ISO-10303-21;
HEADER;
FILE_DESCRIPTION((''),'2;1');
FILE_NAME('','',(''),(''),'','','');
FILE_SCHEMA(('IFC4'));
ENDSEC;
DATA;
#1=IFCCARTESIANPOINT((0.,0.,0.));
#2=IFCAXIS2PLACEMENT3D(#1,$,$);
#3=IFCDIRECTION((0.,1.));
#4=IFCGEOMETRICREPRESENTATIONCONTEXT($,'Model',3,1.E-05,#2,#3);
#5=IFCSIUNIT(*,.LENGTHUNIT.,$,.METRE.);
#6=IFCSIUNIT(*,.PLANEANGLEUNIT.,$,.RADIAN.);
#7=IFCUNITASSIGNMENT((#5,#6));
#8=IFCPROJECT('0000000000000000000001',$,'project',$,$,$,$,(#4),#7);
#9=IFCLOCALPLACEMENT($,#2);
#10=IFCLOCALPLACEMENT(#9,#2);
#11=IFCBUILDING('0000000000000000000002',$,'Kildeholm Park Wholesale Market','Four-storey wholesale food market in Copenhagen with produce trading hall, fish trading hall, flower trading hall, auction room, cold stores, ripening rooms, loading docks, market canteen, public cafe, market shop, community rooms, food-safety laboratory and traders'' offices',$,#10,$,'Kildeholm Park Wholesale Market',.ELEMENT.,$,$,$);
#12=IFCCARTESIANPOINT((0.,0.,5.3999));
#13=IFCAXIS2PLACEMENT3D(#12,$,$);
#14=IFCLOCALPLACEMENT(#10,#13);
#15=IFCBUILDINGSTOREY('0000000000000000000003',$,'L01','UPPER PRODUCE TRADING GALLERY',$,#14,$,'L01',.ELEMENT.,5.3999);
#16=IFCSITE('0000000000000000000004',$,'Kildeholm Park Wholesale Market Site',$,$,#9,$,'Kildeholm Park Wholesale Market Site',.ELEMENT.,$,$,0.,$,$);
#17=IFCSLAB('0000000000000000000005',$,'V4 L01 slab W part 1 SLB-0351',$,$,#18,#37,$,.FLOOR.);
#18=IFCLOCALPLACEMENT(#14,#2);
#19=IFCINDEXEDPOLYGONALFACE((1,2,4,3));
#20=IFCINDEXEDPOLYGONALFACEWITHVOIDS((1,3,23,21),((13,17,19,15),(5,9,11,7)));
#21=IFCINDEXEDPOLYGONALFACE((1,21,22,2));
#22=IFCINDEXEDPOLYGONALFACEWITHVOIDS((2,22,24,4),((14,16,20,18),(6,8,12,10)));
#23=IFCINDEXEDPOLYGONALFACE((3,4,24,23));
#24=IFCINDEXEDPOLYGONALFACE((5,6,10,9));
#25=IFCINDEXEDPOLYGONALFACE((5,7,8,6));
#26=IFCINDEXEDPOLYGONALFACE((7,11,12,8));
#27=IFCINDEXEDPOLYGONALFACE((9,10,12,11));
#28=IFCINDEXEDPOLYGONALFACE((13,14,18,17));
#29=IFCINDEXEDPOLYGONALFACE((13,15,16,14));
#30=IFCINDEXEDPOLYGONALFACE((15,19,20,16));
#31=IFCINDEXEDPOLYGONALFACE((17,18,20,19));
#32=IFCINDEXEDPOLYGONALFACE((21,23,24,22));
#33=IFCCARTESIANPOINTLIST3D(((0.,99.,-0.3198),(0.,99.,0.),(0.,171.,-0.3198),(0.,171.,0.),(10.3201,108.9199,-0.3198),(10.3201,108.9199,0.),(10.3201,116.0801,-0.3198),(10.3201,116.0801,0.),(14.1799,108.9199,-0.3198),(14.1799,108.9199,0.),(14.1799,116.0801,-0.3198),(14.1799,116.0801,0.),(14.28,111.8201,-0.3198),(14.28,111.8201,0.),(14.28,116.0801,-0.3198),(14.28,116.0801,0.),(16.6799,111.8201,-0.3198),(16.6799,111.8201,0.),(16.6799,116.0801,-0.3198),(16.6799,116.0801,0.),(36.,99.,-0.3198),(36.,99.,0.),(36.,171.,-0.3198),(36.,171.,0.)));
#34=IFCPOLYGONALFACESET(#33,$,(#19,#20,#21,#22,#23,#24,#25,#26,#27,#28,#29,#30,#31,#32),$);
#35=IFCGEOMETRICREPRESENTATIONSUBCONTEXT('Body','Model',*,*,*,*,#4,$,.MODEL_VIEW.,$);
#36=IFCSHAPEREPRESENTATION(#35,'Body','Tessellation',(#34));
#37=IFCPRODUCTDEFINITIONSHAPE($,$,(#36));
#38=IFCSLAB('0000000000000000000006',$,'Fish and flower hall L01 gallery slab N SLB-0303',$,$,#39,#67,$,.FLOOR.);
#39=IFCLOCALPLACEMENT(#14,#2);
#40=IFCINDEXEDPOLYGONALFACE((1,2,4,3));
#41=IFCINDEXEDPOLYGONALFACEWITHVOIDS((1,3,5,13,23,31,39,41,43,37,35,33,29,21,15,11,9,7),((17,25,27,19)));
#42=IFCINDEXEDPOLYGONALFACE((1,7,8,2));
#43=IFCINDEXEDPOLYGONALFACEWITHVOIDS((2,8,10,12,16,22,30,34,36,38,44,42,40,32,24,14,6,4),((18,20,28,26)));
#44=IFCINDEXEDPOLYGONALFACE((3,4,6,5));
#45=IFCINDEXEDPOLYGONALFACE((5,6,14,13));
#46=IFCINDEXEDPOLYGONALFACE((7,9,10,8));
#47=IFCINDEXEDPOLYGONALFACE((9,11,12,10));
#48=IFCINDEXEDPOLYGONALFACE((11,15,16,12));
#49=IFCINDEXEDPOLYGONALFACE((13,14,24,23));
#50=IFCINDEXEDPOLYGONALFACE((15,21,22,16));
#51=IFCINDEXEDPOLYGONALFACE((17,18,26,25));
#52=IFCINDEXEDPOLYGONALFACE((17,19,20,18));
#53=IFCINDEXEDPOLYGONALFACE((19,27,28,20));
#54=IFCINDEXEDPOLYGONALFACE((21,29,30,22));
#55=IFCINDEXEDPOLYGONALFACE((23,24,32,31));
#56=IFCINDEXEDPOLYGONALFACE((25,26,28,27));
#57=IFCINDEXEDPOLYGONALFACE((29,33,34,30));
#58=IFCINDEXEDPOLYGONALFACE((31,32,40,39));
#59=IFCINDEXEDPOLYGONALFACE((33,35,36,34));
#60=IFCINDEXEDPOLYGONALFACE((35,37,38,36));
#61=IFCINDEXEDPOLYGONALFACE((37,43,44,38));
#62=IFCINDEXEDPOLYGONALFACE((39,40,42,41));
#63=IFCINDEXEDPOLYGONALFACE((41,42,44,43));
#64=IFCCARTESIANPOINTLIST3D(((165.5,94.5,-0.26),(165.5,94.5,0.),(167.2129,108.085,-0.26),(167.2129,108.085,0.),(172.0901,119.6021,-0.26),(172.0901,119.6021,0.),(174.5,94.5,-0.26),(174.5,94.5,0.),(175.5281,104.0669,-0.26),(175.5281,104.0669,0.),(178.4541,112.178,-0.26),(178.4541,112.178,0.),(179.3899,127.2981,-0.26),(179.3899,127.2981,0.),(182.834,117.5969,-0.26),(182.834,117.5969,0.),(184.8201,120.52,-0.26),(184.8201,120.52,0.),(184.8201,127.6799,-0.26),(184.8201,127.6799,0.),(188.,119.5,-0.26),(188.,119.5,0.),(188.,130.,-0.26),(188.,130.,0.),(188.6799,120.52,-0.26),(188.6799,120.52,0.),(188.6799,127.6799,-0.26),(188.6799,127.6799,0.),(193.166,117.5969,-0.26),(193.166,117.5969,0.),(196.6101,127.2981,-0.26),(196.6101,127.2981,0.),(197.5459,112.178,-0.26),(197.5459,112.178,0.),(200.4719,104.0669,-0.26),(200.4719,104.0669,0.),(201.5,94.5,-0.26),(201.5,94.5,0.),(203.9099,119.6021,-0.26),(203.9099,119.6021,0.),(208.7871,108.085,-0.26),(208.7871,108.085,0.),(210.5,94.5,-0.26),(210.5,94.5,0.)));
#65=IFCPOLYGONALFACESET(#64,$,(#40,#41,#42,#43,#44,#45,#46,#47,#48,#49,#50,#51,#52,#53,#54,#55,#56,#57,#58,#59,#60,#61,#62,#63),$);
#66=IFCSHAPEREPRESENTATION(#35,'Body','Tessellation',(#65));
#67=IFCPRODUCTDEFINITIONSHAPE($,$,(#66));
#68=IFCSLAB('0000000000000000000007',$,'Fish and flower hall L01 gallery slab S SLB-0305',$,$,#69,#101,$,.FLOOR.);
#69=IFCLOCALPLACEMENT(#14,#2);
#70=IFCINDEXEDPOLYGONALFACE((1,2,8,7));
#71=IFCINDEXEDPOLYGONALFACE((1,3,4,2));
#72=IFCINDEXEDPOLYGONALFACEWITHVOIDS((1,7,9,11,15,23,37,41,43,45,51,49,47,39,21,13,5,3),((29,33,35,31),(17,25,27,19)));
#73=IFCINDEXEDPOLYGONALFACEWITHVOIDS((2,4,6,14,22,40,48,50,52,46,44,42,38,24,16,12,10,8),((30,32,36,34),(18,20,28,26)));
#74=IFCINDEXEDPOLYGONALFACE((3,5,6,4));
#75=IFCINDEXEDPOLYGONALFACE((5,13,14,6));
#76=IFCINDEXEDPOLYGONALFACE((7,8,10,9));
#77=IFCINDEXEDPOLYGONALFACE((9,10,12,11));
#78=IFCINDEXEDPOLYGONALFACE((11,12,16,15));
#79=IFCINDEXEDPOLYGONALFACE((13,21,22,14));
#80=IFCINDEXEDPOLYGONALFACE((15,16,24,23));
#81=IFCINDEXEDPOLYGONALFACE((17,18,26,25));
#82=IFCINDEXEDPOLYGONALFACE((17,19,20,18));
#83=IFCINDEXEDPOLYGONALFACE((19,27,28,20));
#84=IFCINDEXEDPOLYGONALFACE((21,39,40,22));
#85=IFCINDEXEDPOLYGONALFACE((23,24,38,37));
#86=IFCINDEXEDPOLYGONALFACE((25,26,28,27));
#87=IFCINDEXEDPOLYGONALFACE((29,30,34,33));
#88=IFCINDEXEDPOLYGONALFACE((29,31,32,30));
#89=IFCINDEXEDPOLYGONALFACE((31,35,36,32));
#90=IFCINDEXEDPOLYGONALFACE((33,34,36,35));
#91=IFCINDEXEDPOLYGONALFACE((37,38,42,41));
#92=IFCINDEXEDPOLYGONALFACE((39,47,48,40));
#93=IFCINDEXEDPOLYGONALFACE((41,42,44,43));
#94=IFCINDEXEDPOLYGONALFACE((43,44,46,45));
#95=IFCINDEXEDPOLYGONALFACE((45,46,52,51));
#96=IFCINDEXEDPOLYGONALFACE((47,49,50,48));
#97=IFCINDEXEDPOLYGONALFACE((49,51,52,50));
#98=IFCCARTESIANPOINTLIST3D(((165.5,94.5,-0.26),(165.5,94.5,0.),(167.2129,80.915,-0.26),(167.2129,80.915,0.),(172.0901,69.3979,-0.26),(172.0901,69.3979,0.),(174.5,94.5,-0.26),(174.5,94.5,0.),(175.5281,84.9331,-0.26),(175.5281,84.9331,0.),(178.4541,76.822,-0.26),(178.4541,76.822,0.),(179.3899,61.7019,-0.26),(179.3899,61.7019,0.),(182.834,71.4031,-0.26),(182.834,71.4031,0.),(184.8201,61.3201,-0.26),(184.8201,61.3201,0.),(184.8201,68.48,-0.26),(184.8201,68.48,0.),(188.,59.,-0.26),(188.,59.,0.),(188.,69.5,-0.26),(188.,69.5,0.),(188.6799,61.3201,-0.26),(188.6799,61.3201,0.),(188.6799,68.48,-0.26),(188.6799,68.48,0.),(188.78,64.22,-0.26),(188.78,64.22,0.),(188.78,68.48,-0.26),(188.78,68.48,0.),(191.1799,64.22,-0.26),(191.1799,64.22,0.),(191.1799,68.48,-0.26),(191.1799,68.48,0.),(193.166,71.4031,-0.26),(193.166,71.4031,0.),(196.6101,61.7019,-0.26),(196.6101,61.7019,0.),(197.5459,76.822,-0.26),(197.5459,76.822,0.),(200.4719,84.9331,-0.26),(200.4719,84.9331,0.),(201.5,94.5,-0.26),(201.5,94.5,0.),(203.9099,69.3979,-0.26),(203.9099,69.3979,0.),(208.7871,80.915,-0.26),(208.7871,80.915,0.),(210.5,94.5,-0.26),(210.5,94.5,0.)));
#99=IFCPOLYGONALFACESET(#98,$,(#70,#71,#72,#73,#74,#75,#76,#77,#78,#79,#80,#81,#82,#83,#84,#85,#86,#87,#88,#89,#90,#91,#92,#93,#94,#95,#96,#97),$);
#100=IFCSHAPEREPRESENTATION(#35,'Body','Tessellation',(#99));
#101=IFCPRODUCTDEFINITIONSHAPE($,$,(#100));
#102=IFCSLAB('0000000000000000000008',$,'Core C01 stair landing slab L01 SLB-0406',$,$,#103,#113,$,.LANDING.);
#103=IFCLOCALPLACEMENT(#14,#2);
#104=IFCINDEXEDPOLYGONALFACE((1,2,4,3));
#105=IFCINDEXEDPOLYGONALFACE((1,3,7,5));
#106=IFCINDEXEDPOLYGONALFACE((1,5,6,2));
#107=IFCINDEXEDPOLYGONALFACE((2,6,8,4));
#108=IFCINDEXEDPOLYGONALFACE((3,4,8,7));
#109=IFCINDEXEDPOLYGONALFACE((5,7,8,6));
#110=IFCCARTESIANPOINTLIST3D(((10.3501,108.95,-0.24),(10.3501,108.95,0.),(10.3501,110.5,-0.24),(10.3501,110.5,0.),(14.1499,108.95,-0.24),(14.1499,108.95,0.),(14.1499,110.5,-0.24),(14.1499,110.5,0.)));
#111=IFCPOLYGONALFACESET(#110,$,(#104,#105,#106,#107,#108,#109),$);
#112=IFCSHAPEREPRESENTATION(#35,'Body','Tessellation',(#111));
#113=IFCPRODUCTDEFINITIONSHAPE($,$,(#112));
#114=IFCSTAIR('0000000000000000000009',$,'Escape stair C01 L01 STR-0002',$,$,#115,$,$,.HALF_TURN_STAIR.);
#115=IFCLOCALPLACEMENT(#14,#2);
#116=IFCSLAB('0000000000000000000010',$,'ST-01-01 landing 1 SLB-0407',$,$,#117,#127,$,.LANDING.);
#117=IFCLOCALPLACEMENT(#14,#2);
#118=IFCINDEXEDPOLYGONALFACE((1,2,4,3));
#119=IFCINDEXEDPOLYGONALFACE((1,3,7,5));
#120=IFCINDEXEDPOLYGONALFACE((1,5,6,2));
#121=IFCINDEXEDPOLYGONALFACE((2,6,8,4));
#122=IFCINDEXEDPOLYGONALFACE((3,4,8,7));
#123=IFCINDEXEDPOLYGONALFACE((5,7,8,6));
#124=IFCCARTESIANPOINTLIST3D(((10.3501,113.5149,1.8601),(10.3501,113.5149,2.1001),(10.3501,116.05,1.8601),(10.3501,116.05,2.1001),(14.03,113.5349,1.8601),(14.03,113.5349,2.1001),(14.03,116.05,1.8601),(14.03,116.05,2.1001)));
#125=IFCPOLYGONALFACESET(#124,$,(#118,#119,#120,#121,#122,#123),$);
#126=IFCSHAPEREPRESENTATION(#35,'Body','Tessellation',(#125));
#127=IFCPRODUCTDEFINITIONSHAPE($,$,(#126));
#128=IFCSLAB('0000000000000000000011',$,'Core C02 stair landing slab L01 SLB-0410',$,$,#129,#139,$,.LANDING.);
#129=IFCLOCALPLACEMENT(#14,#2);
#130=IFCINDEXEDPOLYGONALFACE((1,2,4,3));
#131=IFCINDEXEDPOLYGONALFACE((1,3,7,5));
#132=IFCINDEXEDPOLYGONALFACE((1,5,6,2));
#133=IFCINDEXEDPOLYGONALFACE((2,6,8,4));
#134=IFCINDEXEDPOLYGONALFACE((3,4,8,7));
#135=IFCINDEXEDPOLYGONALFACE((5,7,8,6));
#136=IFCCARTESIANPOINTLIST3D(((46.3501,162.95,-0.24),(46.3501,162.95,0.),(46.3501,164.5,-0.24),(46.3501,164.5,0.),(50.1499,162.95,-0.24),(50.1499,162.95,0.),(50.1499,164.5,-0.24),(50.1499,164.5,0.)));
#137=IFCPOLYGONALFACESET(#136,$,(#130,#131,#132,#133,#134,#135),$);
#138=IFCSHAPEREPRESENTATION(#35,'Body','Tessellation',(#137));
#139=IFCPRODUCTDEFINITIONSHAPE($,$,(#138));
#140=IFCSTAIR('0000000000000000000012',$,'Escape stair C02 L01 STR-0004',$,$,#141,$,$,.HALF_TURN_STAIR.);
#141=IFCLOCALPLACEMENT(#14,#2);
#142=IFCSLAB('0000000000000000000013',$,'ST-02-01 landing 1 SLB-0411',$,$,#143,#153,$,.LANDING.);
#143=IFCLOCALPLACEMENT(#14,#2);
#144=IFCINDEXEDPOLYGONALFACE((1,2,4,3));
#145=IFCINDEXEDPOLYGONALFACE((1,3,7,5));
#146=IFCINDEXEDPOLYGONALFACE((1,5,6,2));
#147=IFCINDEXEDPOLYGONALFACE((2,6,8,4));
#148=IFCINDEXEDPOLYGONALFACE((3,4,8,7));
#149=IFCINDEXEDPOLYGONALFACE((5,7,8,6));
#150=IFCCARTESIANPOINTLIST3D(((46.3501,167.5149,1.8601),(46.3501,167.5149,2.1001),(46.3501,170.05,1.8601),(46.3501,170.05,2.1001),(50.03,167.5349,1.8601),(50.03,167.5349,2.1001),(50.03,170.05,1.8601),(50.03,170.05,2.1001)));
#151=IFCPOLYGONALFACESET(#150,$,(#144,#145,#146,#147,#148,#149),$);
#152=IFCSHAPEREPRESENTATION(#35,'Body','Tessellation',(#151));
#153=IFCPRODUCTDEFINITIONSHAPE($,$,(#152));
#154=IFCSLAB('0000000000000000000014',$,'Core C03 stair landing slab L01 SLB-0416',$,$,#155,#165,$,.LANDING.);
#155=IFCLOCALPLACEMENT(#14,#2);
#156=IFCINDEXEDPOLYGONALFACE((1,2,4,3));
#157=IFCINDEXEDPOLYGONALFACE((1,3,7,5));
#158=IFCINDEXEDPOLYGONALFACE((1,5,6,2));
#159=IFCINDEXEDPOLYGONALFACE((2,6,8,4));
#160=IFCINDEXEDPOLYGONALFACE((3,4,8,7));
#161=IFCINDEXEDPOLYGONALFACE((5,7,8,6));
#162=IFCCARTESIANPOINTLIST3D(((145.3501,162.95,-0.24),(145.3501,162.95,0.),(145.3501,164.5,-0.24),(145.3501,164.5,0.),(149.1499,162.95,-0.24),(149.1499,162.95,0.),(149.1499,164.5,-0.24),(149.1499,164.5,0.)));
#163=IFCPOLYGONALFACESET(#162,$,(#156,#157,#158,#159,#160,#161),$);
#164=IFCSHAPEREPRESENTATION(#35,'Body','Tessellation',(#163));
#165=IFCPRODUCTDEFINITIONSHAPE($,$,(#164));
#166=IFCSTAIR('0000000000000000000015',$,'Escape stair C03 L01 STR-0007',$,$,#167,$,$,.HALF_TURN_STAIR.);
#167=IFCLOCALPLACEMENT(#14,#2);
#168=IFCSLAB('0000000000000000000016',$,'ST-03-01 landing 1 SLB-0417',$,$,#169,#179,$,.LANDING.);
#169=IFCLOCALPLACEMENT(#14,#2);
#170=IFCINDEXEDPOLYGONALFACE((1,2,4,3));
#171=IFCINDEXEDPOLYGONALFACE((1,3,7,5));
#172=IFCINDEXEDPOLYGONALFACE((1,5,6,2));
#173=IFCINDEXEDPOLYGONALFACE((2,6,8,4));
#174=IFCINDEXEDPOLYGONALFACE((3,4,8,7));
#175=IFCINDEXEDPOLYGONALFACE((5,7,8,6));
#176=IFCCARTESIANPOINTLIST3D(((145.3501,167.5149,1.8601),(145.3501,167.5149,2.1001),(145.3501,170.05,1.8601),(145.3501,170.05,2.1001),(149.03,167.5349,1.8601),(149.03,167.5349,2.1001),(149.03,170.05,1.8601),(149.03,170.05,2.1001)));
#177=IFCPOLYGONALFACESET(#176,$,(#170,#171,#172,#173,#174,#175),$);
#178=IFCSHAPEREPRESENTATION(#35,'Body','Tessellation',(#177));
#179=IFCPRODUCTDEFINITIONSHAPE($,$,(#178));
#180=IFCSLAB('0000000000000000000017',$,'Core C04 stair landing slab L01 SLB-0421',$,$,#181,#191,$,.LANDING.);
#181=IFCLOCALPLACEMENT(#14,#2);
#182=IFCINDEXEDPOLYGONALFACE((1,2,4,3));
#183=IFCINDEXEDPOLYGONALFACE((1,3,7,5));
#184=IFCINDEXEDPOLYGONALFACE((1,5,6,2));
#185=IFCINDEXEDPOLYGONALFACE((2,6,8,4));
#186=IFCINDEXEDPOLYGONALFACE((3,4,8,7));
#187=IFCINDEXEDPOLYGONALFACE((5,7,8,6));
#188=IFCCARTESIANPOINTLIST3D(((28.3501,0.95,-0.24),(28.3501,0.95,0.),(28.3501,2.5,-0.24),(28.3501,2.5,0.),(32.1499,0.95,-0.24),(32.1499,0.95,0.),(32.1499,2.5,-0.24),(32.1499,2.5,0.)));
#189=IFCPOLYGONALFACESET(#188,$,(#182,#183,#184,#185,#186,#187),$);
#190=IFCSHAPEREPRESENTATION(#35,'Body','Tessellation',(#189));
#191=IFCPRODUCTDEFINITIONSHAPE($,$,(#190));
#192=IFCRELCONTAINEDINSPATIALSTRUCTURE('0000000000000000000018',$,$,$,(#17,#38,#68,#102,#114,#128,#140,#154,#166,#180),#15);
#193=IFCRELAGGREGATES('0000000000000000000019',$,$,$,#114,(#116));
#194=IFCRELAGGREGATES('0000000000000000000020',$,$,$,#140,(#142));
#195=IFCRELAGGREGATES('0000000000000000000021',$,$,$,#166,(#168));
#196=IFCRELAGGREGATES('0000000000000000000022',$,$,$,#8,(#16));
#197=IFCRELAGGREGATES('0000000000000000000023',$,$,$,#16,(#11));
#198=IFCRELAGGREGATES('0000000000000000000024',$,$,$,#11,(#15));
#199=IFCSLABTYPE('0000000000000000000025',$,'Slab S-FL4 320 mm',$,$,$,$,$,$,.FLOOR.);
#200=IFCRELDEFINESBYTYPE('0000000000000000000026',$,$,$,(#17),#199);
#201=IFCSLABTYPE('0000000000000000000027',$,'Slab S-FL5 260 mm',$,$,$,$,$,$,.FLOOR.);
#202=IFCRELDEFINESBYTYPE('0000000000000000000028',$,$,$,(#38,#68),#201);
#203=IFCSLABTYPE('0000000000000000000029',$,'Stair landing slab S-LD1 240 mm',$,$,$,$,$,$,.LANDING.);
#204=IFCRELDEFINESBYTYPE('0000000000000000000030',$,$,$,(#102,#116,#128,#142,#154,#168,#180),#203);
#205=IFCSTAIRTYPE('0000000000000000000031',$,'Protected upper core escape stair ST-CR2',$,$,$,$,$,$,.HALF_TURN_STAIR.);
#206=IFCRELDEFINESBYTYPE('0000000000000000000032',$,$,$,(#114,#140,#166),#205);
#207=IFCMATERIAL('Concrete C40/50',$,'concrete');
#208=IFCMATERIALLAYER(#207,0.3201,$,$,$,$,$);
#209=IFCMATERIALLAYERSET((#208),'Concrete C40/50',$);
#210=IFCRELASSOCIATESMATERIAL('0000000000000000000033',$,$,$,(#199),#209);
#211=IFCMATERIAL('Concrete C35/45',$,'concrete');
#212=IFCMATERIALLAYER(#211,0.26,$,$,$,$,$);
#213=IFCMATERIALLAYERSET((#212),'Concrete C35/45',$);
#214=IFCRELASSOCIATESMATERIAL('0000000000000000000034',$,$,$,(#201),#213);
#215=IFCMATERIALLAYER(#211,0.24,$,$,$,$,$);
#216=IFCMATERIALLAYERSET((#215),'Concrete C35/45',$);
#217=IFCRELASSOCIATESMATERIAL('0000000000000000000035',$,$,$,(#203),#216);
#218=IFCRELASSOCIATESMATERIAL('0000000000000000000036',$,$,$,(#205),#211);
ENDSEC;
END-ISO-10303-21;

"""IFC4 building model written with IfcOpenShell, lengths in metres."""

from ifc_helpers import new_model, si_unit, direction, frame, origin, place, context, subcontext, project, spatial, polyline, outline, extrude, material, layer, layer_set, type_object, element, aggregate, save


model = new_model("IFC4")

# Units and contexts
model_context = context("Model", 3, precision=1e-05, world=origin(), true_north=direction((0.0, 1.0)))
body_context = subcontext(model_context, "Body", "Model", "MODEL_VIEW")
ifc_project = project(units=[si_unit("LENGTHUNIT", "METRE"), si_unit("PLANEANGLEUNIT", "RADIAN")], contexts=[model_context])

# Site, building, storey
site_placement = place(None, origin())
site = spatial("IfcSite", under=ifc_project, at=site_placement, Name="Kildeholm Park Wholesale Market Site", LongName="Kildeholm Park Wholesale Market Site", CompositionType="ELEMENT", RefElevation=0.0)
building_placement = place(site_placement, origin())
building = spatial("IfcBuilding", under=site, at=building_placement, Name="Kildeholm Park Wholesale Market", Description="Four-storey wholesale food market in Copenhagen with produce trading hall, fish trading hall, flower trading hall, auction room, cold stores, ripening rooms, loading docks, market canteen, public cafe, market shop, community rooms, food-safety laboratory and traders' offices", LongName="Kildeholm Park Wholesale Market", CompositionType="ELEMENT")
storey_placement = place(building_placement, frame((0.0, 0.0, 5.3999)))
storey = spatial("IfcBuildingStorey", under=building, at=storey_placement, Name="L01", Description="UPPER PRODUCE TRADING GALLERY", LongName="L01", CompositionType="ELEMENT", Elevation=5.3999)

# Slabs
ifc_material_1 = material(Name="Concrete C35/45", Category="concrete")
ifc_material_2 = material(Name="Concrete C40/50", Category="concrete")
ifc_layer_1 = layer(ifc_material_2, 0.3201)
ifc_layer_set_1 = layer_set([ifc_layer_1], Name="Concrete C40/50")
slab_type_1 = type_object("IfcSlabType", Name="Slab S-FL4 320 mm", PredefinedType="FLOOR", material=ifc_layer_set_1)
slab_1_placement = place(storey_placement, frame((0.0, 0.0, -0.3198)))
element("IfcSlab", 1, at=slab_1_placement, inside=storey, type_object=slab_type_1, Name="V4 L01 slab W part 1 SLB-0351", PredefinedType="FLOOR", context=body_context, shape_type="SweptSolid", body=[
    extrude(outline(polyline([(0.0, 171.0), (36.0, 171.0), (36.0, 99.0), (0.0, 99.0), (0.0, 171.0)]), holes=[polyline([(14.1799, 108.9199), (14.1799, 116.0801), (10.3201, 116.0801), (10.3201, 108.9199), (14.1799, 108.9199)]), polyline([(16.6799, 111.8201), (16.6799, 116.0801), (14.28, 116.0801), (14.28, 111.8201), (16.6799, 111.8201)])]), origin(), (0.0, 0.0, 1.0), 0.3198),
])
ifc_layer_2 = layer(ifc_material_1, 0.26)
ifc_layer_set_2 = layer_set([ifc_layer_2], Name="Concrete C35/45")
slab_type_2 = type_object("IfcSlabType", Name="Slab S-FL5 260 mm", PredefinedType="FLOOR", material=ifc_layer_set_2)
slab_2_placement = place(storey_placement, frame((0.0, 0.0, -0.26)))
element("IfcSlab", 2, at=slab_2_placement, inside=storey, type_object=slab_type_2, Name="Fish and flower hall L01 gallery slab N SLB-0303", PredefinedType="FLOOR", context=body_context, shape_type="SweptSolid", body=[
    extrude(outline(polyline([(201.5, 94.5), (200.4719, 104.0669), (197.5459, 112.178), (193.166, 117.5969), (188.0, 119.5), (182.834, 117.5969), (178.4541, 112.178), (175.5281, 104.0669), (174.5, 94.5), (165.5, 94.5), (167.2129, 108.085), (172.0901, 119.6021), (179.3899, 127.2981), (188.0, 130.0), (196.6101, 127.2981), (203.9099, 119.6021), (208.7871, 108.085), (210.5, 94.5), (201.5, 94.5)]), holes=[polyline([(188.6799, 120.52), (188.6799, 127.6799), (184.8201, 127.6799), (184.8201, 120.52), (188.6799, 120.52)])]), origin(), (0.0, 0.0, 1.0), 0.26),
])
slab_3_placement = place(storey_placement, frame((0.0, 0.0, -0.26)))
element("IfcSlab", 3, at=slab_3_placement, inside=storey, type_object=slab_type_2, Name="Fish and flower hall L01 gallery slab S SLB-0305", PredefinedType="FLOOR", context=body_context, shape_type="SweptSolid", body=[
    extrude(outline(polyline([(174.5, 94.5), (175.5281, 84.9331), (178.4541, 76.822), (182.834, 71.4031), (188.0, 69.5), (193.166, 71.4031), (197.5459, 76.822), (200.4719, 84.9331), (201.5, 94.5), (210.5, 94.5), (208.7871, 80.915), (203.9099, 69.3979), (196.6101, 61.7019), (188.0, 59.0), (179.3899, 61.7019), (172.0901, 69.3979), (167.2129, 80.915), (165.5, 94.5), (174.5, 94.5)]), holes=[polyline([(188.6799, 68.48), (184.8201, 68.48), (184.8201, 61.3201), (188.6799, 61.3201), (188.6799, 68.48)]), polyline([(191.1799, 64.22), (191.1799, 68.48), (188.78, 68.48), (188.78, 64.22), (191.1799, 64.22)])]), origin(), (0.0, 0.0, 1.0), 0.26),
])
ifc_layer_3 = layer(ifc_material_1, 0.24)
ifc_layer_set_3 = layer_set([ifc_layer_3], Name="Concrete C35/45")
slab_type_3 = type_object("IfcSlabType", Name="Stair landing slab S-LD1 240 mm", PredefinedType="LANDING", material=ifc_layer_set_3)
slab_4_placement = place(storey_placement, frame((0.0, 0.0, -0.24)))
element("IfcSlab", 4, at=slab_4_placement, inside=storey, type_object=slab_type_3, Name="Core C01 stair landing slab L01 SLB-0406", PredefinedType="LANDING", context=body_context, shape_type="SweptSolid", body=[
    extrude(outline(polyline([(10.3501, 108.95), (14.1499, 108.95), (14.1499, 110.5), (10.3501, 110.5), (10.3501, 108.95)])), origin(), (0.0, 0.0, 1.0), 0.24),
])

# Stair, slab
stair_type = type_object("IfcStairType", Name="Protected upper core escape stair ST-CR2", PredefinedType="HALF_TURN_STAIR", material=ifc_material_1)
stair_1_placement = place(storey_placement, origin())
stair_1 = element("IfcStair", 5, at=stair_1_placement, inside=storey, type_object=stair_type, Name="Escape stair C01 L01 STR-0002", PredefinedType="HALF_TURN_STAIR")
slab_5_placement = place(storey_placement, frame((0.0, 0.0, 1.8601)))
slab_5 = element("IfcSlab", 6, at=slab_5_placement, type_object=slab_type_3, Name="ST-01-01 landing 1 SLB-0407", PredefinedType="LANDING", context=body_context, shape_type="SweptSolid", body=[
    extrude(outline(polyline([(10.3501, 113.5149), (14.03, 113.5349), (14.03, 116.05), (10.3501, 116.05), (10.3501, 113.5149)])), origin(), (0.0, 0.0, 1.0), 0.24),
])
aggregate(stair_1, [slab_5])

# Slab
slab_6_placement = place(storey_placement, frame((0.0, 0.0, -0.24)))
element("IfcSlab", 7, at=slab_6_placement, inside=storey, type_object=slab_type_3, Name="Core C02 stair landing slab L01 SLB-0410", PredefinedType="LANDING", context=body_context, shape_type="SweptSolid", body=[
    extrude(outline(polyline([(46.3501, 162.95), (50.1499, 162.95), (50.1499, 164.5), (46.3501, 164.5), (46.3501, 162.95)])), origin(), (0.0, 0.0, 1.0), 0.24),
])

# Stair, slab
stair_2_placement = place(storey_placement, origin())
stair_2 = element("IfcStair", 8, at=stair_2_placement, inside=storey, type_object=stair_type, Name="Escape stair C02 L01 STR-0004", PredefinedType="HALF_TURN_STAIR")
slab_7_placement = place(storey_placement, frame((0.0, 0.0, 1.8601)))
slab_7 = element("IfcSlab", 9, at=slab_7_placement, type_object=slab_type_3, Name="ST-02-01 landing 1 SLB-0411", PredefinedType="LANDING", context=body_context, shape_type="SweptSolid", body=[
    extrude(outline(polyline([(46.3501, 167.5149), (50.03, 167.5349), (50.03, 170.05), (46.3501, 170.05), (46.3501, 167.5149)])), origin(), (0.0, 0.0, 1.0), 0.24),
])
aggregate(stair_2, [slab_7])

# Slab
slab_8_placement = place(storey_placement, frame((0.0, 0.0, -0.24)))
element("IfcSlab", 10, at=slab_8_placement, inside=storey, type_object=slab_type_3, Name="Core C03 stair landing slab L01 SLB-0416", PredefinedType="LANDING", context=body_context, shape_type="SweptSolid", body=[
    extrude(outline(polyline([(145.3501, 162.95), (149.1499, 162.95), (149.1499, 164.5), (145.3501, 164.5), (145.3501, 162.95)])), origin(), (0.0, 0.0, 1.0), 0.24),
])

# Stair, slab
stair_3_placement = place(storey_placement, origin())
stair_3 = element("IfcStair", 11, at=stair_3_placement, inside=storey, type_object=stair_type, Name="Escape stair C03 L01 STR-0007", PredefinedType="HALF_TURN_STAIR")
slab_9_placement = place(storey_placement, frame((0.0, 0.0, 1.8601)))
slab_9 = element("IfcSlab", 12, at=slab_9_placement, type_object=slab_type_3, Name="ST-03-01 landing 1 SLB-0417", PredefinedType="LANDING", context=body_context, shape_type="SweptSolid", body=[
    extrude(outline(polyline([(145.3501, 167.5149), (149.03, 167.5349), (149.03, 170.05), (145.3501, 170.05), (145.3501, 167.5149)])), origin(), (0.0, 0.0, 1.0), 0.24),
])
aggregate(stair_3, [slab_9])

# Slab
slab_10_placement = place(storey_placement, frame((0.0, 0.0, -0.24)))
element("IfcSlab", 13, at=slab_10_placement, inside=storey, type_object=slab_type_3, Name="Core C04 stair landing slab L01 SLB-0421", PredefinedType="LANDING", context=body_context, shape_type="SweptSolid", body=[
    extrude(outline(polyline([(28.3501, 0.95), (32.1499, 0.95), (32.1499, 2.5), (28.3501, 2.5), (28.3501, 0.95)])), origin(), (0.0, 0.0, 1.0), 0.24),
])

save(model, "model.ifc")
